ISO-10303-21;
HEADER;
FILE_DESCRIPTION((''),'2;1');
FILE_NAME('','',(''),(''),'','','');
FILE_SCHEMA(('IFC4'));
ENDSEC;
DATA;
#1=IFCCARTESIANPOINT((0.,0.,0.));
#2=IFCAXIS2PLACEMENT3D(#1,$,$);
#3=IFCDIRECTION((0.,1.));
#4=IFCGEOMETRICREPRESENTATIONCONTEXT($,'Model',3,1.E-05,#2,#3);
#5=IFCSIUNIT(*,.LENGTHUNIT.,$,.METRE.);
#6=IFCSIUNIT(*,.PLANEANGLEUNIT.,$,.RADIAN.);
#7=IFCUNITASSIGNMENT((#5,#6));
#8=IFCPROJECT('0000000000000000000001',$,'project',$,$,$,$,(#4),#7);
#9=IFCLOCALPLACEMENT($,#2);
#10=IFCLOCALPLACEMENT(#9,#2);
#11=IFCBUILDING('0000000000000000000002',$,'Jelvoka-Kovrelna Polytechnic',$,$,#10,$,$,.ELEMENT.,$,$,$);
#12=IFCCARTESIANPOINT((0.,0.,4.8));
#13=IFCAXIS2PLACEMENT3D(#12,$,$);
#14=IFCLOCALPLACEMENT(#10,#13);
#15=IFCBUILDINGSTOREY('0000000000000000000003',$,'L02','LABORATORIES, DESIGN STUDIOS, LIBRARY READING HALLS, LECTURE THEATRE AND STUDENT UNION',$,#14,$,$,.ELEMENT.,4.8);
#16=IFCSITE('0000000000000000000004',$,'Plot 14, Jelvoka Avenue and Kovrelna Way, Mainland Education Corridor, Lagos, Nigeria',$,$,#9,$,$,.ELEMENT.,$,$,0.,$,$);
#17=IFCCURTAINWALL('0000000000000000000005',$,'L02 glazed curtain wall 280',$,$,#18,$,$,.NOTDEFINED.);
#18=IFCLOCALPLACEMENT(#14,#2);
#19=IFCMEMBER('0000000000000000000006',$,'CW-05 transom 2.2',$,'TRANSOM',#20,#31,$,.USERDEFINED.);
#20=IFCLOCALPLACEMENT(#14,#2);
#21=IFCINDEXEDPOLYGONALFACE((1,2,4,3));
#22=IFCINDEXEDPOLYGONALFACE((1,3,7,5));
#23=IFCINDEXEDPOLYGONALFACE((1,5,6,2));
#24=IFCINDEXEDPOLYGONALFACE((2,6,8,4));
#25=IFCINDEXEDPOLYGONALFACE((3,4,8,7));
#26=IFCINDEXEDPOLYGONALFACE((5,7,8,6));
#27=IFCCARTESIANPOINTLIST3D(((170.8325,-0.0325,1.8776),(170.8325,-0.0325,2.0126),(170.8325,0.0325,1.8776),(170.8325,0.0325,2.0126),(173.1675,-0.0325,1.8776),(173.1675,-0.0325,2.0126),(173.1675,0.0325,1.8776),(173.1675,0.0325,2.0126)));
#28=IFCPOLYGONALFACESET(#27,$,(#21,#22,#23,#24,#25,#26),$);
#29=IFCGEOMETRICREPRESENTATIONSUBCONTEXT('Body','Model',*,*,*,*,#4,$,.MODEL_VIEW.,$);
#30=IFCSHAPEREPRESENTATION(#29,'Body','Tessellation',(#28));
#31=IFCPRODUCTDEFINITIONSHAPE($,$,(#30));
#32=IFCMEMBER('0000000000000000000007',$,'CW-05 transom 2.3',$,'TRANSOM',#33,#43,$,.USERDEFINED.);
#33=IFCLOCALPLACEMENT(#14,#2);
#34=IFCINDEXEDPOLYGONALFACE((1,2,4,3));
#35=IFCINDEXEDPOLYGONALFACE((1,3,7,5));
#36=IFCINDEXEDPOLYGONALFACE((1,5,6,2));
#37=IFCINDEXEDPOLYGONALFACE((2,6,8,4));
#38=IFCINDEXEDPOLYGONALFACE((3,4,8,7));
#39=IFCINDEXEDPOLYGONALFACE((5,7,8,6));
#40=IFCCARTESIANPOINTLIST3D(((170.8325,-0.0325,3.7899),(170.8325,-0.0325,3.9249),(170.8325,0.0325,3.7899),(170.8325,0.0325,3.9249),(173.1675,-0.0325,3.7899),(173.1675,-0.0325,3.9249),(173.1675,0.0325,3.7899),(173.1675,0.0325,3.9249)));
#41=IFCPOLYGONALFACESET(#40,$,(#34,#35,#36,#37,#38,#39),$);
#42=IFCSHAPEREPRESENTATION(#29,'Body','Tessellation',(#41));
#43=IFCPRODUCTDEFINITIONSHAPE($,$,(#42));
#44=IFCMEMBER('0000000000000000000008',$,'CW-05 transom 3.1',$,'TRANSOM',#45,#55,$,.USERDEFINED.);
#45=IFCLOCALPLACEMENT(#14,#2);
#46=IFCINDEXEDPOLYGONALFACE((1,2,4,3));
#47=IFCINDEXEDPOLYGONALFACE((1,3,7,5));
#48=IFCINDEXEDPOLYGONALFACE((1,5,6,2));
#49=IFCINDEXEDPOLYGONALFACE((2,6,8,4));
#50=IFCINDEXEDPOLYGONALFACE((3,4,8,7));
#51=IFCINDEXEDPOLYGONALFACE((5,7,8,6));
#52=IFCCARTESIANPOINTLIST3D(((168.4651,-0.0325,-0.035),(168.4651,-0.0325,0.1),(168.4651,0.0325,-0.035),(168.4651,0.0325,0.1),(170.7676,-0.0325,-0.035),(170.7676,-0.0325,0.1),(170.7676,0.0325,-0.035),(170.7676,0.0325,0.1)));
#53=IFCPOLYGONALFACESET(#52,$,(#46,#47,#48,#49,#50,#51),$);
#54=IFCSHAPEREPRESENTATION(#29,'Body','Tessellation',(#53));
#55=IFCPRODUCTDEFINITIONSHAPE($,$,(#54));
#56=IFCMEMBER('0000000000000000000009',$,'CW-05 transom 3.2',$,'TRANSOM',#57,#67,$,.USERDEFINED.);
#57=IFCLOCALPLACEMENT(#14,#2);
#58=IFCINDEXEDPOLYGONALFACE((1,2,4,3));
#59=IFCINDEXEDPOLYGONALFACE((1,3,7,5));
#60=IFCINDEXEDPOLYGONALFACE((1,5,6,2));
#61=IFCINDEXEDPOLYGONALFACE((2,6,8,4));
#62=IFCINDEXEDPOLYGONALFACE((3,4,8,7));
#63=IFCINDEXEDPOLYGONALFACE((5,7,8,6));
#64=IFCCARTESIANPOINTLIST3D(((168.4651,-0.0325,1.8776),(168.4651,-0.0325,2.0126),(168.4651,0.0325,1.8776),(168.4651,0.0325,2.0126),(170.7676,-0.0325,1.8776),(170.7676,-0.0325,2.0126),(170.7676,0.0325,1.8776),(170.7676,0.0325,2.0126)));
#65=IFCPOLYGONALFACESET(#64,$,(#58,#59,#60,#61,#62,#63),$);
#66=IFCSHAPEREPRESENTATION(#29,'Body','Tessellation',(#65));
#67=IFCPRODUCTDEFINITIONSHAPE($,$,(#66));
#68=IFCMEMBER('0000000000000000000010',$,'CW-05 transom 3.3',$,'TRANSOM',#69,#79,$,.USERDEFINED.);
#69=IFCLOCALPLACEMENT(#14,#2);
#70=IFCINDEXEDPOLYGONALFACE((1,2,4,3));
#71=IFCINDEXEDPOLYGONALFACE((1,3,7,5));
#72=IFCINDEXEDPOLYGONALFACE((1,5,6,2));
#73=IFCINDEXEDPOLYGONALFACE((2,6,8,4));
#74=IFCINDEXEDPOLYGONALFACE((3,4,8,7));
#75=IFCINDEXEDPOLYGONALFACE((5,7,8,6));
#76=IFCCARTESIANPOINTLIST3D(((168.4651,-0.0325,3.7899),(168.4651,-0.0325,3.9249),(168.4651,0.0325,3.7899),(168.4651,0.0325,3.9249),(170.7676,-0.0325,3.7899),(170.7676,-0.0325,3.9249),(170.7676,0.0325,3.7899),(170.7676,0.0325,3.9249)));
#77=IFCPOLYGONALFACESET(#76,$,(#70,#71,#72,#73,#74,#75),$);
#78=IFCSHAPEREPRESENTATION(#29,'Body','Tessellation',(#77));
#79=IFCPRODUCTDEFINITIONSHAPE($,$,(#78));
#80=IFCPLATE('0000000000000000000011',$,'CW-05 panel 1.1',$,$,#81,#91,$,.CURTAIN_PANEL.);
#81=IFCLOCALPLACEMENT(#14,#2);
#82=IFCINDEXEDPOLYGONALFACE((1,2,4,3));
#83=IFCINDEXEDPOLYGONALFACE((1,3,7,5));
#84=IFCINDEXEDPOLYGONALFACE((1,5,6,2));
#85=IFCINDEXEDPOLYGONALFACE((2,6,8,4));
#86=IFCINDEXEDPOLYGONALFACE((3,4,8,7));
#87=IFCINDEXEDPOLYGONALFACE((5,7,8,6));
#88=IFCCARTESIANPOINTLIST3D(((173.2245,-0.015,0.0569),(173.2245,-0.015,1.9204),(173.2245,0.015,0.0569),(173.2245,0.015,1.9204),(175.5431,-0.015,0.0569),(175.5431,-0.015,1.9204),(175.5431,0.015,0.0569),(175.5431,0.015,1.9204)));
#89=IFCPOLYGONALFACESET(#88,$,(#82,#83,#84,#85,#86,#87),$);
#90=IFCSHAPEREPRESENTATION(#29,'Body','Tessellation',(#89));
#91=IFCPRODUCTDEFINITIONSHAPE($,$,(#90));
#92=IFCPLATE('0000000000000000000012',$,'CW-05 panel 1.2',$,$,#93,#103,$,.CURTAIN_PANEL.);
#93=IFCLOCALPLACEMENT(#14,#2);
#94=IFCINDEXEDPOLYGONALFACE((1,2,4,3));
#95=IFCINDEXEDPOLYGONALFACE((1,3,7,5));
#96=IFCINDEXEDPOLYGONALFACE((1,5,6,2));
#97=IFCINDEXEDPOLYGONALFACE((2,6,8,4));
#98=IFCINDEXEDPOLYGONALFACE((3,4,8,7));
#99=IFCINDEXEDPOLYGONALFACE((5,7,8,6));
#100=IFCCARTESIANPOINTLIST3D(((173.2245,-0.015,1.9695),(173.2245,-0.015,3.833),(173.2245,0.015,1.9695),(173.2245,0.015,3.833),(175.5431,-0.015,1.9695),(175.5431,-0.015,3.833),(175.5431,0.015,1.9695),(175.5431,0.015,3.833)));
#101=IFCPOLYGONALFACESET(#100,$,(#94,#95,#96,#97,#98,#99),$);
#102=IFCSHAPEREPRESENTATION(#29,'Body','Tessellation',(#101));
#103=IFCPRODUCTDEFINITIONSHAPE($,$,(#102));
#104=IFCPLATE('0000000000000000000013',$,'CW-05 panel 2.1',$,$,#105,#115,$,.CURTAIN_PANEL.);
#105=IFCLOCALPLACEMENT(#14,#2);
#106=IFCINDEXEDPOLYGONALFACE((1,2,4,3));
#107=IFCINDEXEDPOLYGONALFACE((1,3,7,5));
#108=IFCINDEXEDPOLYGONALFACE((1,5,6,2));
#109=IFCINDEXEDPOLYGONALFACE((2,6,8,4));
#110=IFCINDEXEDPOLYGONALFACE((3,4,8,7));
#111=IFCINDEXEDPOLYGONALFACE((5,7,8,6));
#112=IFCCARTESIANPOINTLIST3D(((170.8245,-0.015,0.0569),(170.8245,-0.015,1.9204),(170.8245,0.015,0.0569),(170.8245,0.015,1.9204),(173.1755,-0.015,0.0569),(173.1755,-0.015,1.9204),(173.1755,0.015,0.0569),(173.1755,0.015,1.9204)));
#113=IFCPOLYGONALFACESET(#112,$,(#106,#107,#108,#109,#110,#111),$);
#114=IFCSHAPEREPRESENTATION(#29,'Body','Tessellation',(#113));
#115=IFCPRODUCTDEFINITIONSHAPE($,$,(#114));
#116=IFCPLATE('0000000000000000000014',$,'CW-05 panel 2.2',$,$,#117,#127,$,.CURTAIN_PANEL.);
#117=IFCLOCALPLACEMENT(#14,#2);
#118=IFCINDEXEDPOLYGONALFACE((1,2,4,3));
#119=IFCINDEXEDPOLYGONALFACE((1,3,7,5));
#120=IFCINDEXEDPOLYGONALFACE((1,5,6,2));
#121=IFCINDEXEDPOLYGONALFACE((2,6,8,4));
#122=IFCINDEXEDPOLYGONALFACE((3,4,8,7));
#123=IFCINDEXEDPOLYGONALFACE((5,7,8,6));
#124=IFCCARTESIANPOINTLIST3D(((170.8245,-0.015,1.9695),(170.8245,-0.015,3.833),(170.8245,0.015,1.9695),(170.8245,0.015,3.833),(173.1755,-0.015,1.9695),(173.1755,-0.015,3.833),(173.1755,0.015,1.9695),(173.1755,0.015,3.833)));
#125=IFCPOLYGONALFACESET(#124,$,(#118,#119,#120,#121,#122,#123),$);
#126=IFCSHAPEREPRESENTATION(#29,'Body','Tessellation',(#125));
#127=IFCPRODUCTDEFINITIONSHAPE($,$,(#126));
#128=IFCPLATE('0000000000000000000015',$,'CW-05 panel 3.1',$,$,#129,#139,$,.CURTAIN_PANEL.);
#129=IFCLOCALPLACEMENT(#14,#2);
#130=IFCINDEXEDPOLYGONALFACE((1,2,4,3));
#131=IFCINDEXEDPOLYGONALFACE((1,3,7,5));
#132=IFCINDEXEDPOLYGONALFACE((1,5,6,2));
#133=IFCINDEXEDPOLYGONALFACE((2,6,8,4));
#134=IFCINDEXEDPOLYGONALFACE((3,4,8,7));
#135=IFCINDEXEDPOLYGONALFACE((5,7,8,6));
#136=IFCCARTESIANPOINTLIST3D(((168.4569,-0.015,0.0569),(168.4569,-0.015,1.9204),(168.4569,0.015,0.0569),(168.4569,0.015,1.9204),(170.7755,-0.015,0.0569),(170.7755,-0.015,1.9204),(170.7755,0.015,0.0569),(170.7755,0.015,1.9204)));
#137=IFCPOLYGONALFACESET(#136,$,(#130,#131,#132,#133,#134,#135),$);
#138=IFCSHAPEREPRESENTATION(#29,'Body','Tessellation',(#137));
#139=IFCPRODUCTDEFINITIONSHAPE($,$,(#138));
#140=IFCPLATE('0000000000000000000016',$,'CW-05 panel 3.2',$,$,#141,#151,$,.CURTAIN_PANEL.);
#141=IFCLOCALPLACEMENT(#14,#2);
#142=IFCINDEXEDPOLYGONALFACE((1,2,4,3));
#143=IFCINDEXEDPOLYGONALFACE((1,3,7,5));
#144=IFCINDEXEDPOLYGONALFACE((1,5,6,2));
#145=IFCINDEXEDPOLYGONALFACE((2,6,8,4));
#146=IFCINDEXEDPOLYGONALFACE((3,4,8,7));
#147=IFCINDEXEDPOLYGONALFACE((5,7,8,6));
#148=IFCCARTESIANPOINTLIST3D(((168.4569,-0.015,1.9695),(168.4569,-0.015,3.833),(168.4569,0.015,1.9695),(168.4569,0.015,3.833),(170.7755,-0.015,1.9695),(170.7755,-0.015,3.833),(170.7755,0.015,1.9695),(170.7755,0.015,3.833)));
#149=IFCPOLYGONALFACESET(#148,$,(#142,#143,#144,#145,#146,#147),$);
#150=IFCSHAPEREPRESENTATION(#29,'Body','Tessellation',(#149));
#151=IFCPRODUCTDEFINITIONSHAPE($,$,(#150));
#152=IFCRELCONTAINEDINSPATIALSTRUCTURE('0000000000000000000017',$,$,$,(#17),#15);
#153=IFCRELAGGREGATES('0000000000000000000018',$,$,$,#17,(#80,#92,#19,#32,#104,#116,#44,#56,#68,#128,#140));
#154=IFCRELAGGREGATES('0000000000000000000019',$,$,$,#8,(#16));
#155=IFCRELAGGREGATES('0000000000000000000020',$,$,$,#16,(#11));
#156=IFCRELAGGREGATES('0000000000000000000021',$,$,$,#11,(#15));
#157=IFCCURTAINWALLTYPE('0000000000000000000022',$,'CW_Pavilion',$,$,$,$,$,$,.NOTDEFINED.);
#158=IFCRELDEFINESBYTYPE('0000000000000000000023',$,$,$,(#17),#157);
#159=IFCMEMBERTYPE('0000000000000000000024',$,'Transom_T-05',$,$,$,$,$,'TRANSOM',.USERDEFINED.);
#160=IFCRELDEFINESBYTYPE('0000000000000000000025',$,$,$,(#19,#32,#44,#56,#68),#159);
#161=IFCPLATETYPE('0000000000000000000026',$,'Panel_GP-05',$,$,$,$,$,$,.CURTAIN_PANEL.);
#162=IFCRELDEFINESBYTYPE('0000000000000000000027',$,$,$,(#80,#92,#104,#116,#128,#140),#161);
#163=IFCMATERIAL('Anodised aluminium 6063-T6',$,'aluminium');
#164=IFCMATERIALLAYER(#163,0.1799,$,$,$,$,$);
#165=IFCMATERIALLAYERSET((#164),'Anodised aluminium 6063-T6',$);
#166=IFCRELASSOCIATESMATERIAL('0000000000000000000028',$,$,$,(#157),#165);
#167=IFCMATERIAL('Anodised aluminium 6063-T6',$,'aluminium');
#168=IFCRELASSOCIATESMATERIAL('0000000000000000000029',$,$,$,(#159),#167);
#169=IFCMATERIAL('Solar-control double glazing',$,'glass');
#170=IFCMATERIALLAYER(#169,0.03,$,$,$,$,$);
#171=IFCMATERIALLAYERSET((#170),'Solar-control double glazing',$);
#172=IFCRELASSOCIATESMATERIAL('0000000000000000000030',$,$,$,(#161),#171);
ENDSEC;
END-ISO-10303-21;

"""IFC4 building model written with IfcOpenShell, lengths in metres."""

from ifc_helpers import new_model, si_unit, direction, frame, origin, origin_2d, place, context, subcontext, project, spatial, rectangle, extrude, material, layer, layer_set, material_profile, profile_set, type_object, element, aggregate, save


model = new_model("IFC4")

# Units and contexts
model_context = context("Model", 3, precision=1e-05, world=origin(), true_north=direction((0.0, 1.0)))
body_context = subcontext(model_context, "Body", "Model", "MODEL_VIEW")
ifc_project = project(units=[si_unit("LENGTHUNIT", "METRE"), si_unit("PLANEANGLEUNIT", "RADIAN")], contexts=[model_context])

# Site, building, storey
site_placement = place(None, origin())
site = spatial("IfcSite", under=ifc_project, at=site_placement, Name="Plot 14, Jelvoka Avenue and Kovrelna Way, Mainland Education Corridor, Lagos, Nigeria", CompositionType="ELEMENT", RefElevation=0.0)
building_placement = place(site_placement, origin())
building = spatial("IfcBuilding", under=site, at=building_placement, Name="Jelvoka-Kovrelna Polytechnic", CompositionType="ELEMENT")
storey_placement = place(building_placement, frame((0.0, 0.0, 4.8)))
storey = spatial("IfcBuildingStorey", under=building, at=storey_placement, Name="L02", Description="LABORATORIES, DESIGN STUDIOS, LIBRARY READING HALLS, LECTURE THEATRE AND STUDENT UNION", CompositionType="ELEMENT", Elevation=4.8)

# Curtain wall
ifc_material_1 = material(Name="Anodised aluminium 6063-T6", Category="aluminium")
ifc_layer_1 = layer(ifc_material_1, 0.1799)
ifc_layer_set_1 = layer_set([ifc_layer_1], Name="Anodised aluminium 6063-T6")
curtain_wall_type = type_object("IfcCurtainWallType", Name="CW_Pavilion", PredefinedType="NOTDEFINED", material=ifc_layer_set_1)
curtain_wall_placement = place(storey_placement, origin())
curtain_wall = element("IfcCurtainWall", 1, at=curtain_wall_placement, inside=storey, type_object=curtain_wall_type, Name="L02 glazed curtain wall 280", PredefinedType="NOTDEFINED")

# Members
ifc_material_2 = material(Name="Anodised aluminium 6063-T6", Category="aluminium")
ifc_material_profile_1 = material_profile(ifc_material_2, rectangle(XDim=0.0649, YDim=0.135, at=origin_2d()), Name="ALU 65x135")
ifc_profile_set_1 = profile_set([ifc_material_profile_1], Name="Anodised aluminium 6063-T6")
member_type_1 = type_object("IfcMemberType", Name="Transom_T-05", ElementType="TRANSOM", PredefinedType="USERDEFINED", material=ifc_profile_set_1)
member_1_placement = place(storey_placement, frame((173.1675, 0.0, 1.9451), z_axis=(-1.0, 0.0, 0.0), x_axis=(0.0, -1.0, 0.0)))
member_1 = element("IfcMember", 2, at=member_1_placement, type_object=member_type_1, Name="CW-05 transom 2.2", ObjectType="TRANSOM", PredefinedType="USERDEFINED", context=body_context, shape_type="SweptSolid", body=[
    extrude(rectangle(XDim=0.0649, YDim=0.135, at=origin_2d()), origin(), (0.0, 0.0, 1.0), 2.335),
])
member_2_placement = place(storey_placement, frame((173.1675, 0.0, 3.8574), z_axis=(-1.0, 0.0, 0.0), x_axis=(0.0, -1.0, 0.0)))
member_2 = element("IfcMember", 3, at=member_2_placement, type_object=member_type_1, Name="CW-05 transom 2.3", ObjectType="TRANSOM", PredefinedType="USERDEFINED", context=body_context, shape_type="SweptSolid", body=[
    extrude(rectangle(XDim=0.0649, YDim=0.135, at=origin_2d()), origin(), (0.0, 0.0, 1.0), 2.335),
])
member_3_placement = place(storey_placement, frame((170.7676, 0.0, 0.0325), z_axis=(-1.0, 0.0, 0.0), x_axis=(0.0, -1.0, 0.0)))
member_3 = element("IfcMember", 4, at=member_3_placement, type_object=member_type_1, Name="CW-05 transom 3.1", ObjectType="TRANSOM", PredefinedType="USERDEFINED", context=body_context, shape_type="SweptSolid", body=[
    extrude(rectangle(XDim=0.0649, YDim=0.135, at=origin_2d()), origin(), (0.0, 0.0, 1.0), 2.3025),
])
member_4_placement = place(storey_placement, frame((170.7676, 0.0, 1.9451), z_axis=(-1.0, 0.0, 0.0), x_axis=(0.0, -1.0, 0.0)))
member_4 = element("IfcMember", 5, at=member_4_placement, type_object=member_type_1, Name="CW-05 transom 3.2", ObjectType="TRANSOM", PredefinedType="USERDEFINED", context=body_context, shape_type="SweptSolid", body=[
    extrude(rectangle(XDim=0.0649, YDim=0.135, at=origin_2d()), origin(), (0.0, 0.0, 1.0), 2.3025),
])
member_5_placement = place(storey_placement, frame((170.7676, 0.0, 3.8574), z_axis=(-1.0, 0.0, 0.0), x_axis=(0.0, -1.0, 0.0)))
member_5 = element("IfcMember", 6, at=member_5_placement, type_object=member_type_1, Name="CW-05 transom 3.3", ObjectType="TRANSOM", PredefinedType="USERDEFINED", context=body_context, shape_type="SweptSolid", body=[
    extrude(rectangle(XDim=0.0649, YDim=0.135, at=origin_2d()), origin(), (0.0, 0.0, 1.0), 2.3025),
])

# Plates
ifc_material_3 = material(Name="Solar-control double glazing", Category="glass")
ifc_layer_2 = layer(ifc_material_3, 0.03)
ifc_layer_set_2 = layer_set([ifc_layer_2], Name="Solar-control double glazing")
plate_type = type_object("IfcPlateType", Name="Panel_GP-05", PredefinedType="CURTAIN_PANEL", material=ifc_layer_set_2)
plate_1_placement = place(storey_placement, frame((174.3838, 0.0, 0.0569), z_axis=(0.0, 0.0, 1.0), x_axis=(-1.0, 0.0, 0.0)))
plate_1 = element("IfcPlate", 7, at=plate_1_placement, type_object=plate_type, Name="CW-05 panel 1.1", PredefinedType="CURTAIN_PANEL", context=body_context, shape_type="SweptSolid", body=[
    extrude(rectangle(XDim=2.3186, YDim=0.03, at=origin_2d()), origin(), (0.0, 0.0, 1.0), 1.8635),
])
plate_2_placement = place(storey_placement, frame((174.3838, 0.0, 1.9695), z_axis=(0.0, 0.0, 1.0), x_axis=(-1.0, 0.0, 0.0)))
plate_2 = element("IfcPlate", 8, at=plate_2_placement, type_object=plate_type, Name="CW-05 panel 1.2", PredefinedType="CURTAIN_PANEL", context=body_context, shape_type="SweptSolid", body=[
    extrude(rectangle(XDim=2.3186, YDim=0.03, at=origin_2d()), origin(), (0.0, 0.0, 1.0), 1.8635),
])
plate_3_placement = place(storey_placement, frame((172.0, 0.0, 0.0569), z_axis=(0.0, 0.0, 1.0), x_axis=(-1.0, 0.0, 0.0)))
plate_3 = element("IfcPlate", 9, at=plate_3_placement, type_object=plate_type, Name="CW-05 panel 2.1", PredefinedType="CURTAIN_PANEL", context=body_context, shape_type="SweptSolid", body=[
    extrude(rectangle(XDim=2.3511, YDim=0.03, at=origin_2d()), origin(), (0.0, 0.0, 1.0), 1.8635),
])
plate_4_placement = place(storey_placement, frame((172.0, 0.0, 1.9695), z_axis=(0.0, 0.0, 1.0), x_axis=(-1.0, 0.0, 0.0)))
plate_4 = element("IfcPlate", 10, at=plate_4_placement, type_object=plate_type, Name="CW-05 panel 2.2", PredefinedType="CURTAIN_PANEL", context=body_context, shape_type="SweptSolid", body=[
    extrude(rectangle(XDim=2.3511, YDim=0.03, at=origin_2d()), origin(), (0.0, 0.0, 1.0), 1.8635),
])
plate_5_placement = place(storey_placement, frame((169.6162, 0.0, 0.0569), z_axis=(0.0, 0.0, 1.0), x_axis=(-1.0, 0.0, 0.0)))
plate_5 = element("IfcPlate", 11, at=plate_5_placement, type_object=plate_type, Name="CW-05 panel 3.1", PredefinedType="CURTAIN_PANEL", context=body_context, shape_type="SweptSolid", body=[
    extrude(rectangle(XDim=2.3186, YDim=0.03, at=origin_2d()), origin(), (0.0, 0.0, 1.0), 1.8635),
])
plate_6_placement = place(storey_placement, frame((169.6162, 0.0, 1.9695), z_axis=(0.0, 0.0, 1.0), x_axis=(-1.0, 0.0, 0.0)))
plate_6 = element("IfcPlate", 12, at=plate_6_placement, type_object=plate_type, Name="CW-05 panel 3.2", PredefinedType="CURTAIN_PANEL", context=body_context, shape_type="SweptSolid", body=[
    extrude(rectangle(XDim=2.3186, YDim=0.03, at=origin_2d()), origin(), (0.0, 0.0, 1.0), 1.8635),
])
aggregate(curtain_wall, [plate_1, plate_2, member_1, member_2, plate_3, plate_4, member_3, member_4, member_5, plate_5, plate_6])

save(model, "model.ifc")
